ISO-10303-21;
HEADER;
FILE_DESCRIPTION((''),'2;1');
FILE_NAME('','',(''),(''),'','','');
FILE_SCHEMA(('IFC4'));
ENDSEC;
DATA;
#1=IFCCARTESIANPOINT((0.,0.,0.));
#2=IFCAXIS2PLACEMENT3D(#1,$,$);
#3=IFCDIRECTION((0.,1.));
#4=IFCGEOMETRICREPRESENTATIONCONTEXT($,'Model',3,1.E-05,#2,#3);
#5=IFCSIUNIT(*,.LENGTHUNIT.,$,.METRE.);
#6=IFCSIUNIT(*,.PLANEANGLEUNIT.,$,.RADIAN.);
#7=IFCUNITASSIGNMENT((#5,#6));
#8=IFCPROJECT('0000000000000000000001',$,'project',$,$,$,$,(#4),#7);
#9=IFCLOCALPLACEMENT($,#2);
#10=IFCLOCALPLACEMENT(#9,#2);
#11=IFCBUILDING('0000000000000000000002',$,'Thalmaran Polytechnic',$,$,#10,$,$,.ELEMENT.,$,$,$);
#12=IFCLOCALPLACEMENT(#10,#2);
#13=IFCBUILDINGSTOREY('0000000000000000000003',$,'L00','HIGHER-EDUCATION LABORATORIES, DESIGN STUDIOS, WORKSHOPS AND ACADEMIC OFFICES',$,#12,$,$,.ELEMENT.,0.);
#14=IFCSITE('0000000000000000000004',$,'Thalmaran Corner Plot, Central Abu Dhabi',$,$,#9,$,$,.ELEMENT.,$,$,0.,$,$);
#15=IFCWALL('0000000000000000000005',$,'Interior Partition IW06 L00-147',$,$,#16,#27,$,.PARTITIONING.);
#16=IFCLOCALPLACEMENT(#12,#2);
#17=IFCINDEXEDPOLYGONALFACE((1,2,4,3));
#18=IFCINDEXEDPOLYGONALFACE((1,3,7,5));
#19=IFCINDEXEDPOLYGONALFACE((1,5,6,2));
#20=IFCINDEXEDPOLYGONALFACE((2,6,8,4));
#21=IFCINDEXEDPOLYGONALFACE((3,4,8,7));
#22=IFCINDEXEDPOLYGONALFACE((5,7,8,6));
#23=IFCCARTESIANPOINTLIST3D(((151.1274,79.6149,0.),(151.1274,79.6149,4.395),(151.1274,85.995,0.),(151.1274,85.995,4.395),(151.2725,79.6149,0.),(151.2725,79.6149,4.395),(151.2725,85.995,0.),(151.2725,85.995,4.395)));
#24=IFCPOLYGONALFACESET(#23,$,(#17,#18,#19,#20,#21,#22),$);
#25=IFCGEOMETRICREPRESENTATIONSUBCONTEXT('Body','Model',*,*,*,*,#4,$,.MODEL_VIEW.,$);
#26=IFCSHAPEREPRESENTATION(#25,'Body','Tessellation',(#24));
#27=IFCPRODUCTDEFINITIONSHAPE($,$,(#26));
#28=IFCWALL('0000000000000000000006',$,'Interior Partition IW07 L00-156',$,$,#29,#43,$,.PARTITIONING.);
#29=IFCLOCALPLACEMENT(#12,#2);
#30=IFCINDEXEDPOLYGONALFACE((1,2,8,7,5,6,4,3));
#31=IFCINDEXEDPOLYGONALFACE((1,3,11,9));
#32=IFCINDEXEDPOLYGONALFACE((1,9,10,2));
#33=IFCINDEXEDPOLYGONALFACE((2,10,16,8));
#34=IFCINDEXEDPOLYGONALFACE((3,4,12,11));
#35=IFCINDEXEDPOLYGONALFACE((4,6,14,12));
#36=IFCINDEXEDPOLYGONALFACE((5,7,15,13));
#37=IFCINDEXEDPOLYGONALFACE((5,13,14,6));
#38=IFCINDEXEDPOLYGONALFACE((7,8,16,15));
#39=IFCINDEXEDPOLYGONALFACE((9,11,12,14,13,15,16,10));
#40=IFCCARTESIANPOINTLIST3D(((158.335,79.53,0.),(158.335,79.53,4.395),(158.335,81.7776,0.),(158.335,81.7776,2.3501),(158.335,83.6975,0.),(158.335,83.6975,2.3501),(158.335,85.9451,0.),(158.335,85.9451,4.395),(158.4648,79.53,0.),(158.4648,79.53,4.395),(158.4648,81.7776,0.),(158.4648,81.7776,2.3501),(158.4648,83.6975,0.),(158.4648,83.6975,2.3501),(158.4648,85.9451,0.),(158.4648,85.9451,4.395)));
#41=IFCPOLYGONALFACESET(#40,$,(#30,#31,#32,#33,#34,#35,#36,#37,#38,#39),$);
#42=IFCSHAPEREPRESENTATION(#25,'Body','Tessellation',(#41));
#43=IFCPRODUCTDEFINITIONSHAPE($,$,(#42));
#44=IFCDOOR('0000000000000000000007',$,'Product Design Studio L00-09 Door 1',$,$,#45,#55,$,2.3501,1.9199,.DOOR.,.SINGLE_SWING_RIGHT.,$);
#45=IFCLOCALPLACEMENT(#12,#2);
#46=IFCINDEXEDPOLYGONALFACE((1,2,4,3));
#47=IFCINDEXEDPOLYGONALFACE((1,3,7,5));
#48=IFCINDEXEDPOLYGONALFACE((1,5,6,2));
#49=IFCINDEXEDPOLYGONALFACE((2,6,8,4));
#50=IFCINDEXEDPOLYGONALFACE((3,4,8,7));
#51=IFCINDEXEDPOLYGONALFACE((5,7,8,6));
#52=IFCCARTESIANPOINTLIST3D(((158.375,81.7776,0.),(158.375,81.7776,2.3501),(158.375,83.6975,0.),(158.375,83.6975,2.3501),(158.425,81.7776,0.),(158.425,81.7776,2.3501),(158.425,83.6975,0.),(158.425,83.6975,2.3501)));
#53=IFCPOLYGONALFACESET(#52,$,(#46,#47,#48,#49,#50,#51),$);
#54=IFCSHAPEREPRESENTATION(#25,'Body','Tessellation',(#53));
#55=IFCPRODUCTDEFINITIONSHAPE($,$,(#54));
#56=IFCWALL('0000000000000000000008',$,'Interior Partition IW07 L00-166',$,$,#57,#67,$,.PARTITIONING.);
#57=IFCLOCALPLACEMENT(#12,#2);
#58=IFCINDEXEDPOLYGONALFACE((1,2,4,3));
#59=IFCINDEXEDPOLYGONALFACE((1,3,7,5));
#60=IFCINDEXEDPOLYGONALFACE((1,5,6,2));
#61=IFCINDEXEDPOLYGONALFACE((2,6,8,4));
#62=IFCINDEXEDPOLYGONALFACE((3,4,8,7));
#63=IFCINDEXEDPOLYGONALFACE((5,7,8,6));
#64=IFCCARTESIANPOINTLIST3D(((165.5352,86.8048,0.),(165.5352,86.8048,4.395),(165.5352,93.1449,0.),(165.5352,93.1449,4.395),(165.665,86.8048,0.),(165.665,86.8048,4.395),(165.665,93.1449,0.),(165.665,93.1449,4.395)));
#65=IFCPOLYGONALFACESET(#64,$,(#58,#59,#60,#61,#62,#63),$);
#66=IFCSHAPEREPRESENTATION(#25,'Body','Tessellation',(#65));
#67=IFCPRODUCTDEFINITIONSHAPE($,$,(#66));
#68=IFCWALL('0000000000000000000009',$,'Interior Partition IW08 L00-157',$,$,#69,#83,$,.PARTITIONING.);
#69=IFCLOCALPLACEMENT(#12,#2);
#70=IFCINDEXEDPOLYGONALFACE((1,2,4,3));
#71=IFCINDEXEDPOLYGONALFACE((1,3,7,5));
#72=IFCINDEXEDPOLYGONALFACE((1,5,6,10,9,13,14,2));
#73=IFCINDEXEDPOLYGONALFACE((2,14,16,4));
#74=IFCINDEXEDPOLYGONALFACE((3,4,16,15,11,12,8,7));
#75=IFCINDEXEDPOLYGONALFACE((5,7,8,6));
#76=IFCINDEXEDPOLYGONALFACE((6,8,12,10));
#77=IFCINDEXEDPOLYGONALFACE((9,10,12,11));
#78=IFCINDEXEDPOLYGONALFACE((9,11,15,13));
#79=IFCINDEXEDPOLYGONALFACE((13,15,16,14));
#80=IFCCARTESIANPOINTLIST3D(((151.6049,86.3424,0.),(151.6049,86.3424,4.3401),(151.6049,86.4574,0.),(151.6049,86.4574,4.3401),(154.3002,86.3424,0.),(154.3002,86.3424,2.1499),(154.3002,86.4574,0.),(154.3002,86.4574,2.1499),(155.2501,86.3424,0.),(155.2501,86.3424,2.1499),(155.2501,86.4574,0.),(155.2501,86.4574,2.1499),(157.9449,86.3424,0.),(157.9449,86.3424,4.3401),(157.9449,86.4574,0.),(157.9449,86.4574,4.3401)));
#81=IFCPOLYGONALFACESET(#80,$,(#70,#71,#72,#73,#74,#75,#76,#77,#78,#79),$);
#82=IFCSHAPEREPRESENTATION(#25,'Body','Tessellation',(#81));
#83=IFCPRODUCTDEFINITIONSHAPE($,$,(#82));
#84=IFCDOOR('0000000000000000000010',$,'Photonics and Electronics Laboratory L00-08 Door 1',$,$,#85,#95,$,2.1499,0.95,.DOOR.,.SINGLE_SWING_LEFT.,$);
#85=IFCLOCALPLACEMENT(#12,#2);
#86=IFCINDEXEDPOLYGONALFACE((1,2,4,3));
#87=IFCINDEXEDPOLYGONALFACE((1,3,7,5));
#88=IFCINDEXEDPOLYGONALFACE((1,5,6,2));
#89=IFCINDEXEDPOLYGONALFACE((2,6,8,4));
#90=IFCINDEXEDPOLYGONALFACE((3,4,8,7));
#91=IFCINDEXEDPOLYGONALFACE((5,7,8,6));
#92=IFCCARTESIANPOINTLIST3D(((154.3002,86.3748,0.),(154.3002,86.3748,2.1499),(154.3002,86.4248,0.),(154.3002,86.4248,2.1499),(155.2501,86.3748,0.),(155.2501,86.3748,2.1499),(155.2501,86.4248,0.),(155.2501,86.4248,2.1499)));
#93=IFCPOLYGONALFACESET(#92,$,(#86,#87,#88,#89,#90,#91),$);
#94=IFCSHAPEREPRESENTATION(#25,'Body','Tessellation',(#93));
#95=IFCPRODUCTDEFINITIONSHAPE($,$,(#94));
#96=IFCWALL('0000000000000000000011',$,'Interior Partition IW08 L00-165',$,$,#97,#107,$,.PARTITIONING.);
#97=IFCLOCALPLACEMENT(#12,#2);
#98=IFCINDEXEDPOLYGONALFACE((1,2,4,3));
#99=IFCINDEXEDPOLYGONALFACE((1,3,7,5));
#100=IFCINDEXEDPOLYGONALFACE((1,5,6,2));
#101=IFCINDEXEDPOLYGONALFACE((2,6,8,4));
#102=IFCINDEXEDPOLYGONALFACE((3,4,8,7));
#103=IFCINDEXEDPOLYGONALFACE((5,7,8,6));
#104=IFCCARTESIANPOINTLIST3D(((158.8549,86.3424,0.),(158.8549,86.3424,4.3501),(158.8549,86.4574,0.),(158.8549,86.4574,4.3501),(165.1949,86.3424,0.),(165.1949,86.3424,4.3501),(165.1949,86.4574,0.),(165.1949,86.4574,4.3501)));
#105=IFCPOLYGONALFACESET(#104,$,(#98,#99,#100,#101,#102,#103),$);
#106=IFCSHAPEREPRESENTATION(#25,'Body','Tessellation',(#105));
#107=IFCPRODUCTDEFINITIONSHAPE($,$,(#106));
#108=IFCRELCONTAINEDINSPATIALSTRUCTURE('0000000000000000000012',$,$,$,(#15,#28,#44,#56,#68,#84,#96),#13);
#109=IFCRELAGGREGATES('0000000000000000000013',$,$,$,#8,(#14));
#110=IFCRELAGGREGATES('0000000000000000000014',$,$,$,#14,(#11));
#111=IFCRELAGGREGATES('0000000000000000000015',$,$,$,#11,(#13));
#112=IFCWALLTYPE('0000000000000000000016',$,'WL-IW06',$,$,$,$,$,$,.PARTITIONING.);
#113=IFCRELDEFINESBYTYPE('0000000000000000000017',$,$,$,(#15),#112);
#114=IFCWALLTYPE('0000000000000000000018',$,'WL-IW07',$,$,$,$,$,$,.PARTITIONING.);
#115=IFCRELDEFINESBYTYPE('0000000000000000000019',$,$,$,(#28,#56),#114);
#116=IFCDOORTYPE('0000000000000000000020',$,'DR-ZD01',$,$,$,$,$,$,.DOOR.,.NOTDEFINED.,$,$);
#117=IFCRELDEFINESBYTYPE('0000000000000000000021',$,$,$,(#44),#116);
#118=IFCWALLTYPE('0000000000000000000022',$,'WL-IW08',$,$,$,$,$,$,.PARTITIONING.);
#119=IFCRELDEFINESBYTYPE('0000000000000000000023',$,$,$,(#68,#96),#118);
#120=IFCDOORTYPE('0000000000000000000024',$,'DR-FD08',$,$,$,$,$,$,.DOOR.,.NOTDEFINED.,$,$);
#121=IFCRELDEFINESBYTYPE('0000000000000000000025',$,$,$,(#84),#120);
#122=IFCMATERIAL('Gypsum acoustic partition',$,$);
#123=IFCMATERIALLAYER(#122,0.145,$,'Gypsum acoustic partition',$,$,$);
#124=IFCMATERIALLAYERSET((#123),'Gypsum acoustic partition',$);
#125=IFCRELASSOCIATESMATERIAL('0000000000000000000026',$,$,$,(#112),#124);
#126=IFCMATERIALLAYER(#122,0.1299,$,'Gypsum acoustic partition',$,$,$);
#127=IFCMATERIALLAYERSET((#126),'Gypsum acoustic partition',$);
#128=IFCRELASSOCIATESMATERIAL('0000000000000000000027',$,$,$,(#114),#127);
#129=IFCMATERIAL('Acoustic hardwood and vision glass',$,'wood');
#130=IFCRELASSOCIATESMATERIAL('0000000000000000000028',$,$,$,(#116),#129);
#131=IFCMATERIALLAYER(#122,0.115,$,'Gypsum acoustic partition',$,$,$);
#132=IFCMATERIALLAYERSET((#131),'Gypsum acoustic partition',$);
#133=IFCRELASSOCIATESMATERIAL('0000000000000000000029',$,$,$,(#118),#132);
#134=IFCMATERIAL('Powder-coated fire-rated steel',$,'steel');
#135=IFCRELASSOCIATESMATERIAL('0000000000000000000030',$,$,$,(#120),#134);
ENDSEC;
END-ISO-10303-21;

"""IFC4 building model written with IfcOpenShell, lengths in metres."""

from ifc_helpers import new_model, si_unit, direction, frame, frame_2d, origin, place, context, subcontext, project, spatial, rectangle, extrude, material, layer, layer_set, type_object, element, fill, save


model = new_model("IFC4")

# Units and contexts
model_context = context("Model", 3, precision=1e-05, world=origin(), true_north=direction((0.0, 1.0)))
body_context = subcontext(model_context, "Body", "Model", "MODEL_VIEW")
ifc_project = project(units=[si_unit("LENGTHUNIT", "METRE"), si_unit("PLANEANGLEUNIT", "RADIAN")], contexts=[model_context])

# Site, building, storey
site_placement = place(None, origin())
site = spatial("IfcSite", under=ifc_project, at=site_placement, Name="Thalmaran Corner Plot, Central Abu Dhabi", CompositionType="ELEMENT", RefElevation=0.0)
building_placement = place(site_placement, origin())
building = spatial("IfcBuilding", under=site, at=building_placement, Name="Thalmaran Polytechnic", CompositionType="ELEMENT")
storey_placement = place(building_placement, origin())
storey = spatial("IfcBuildingStorey", under=building, at=storey_placement, Name="L00", Description="HIGHER-EDUCATION LABORATORIES, DESIGN STUDIOS, WORKSHOPS AND ACADEMIC OFFICES", CompositionType="ELEMENT", Elevation=0.0)

# Wall
ifc_material_1 = material(Name="Gypsum acoustic partition")
ifc_layer_1 = layer(ifc_material_1, 0.145, Name="Gypsum acoustic partition")
ifc_layer_set_1 = layer_set([ifc_layer_1], Name="Gypsum acoustic partition")
wall_type_1 = type_object("IfcWallType", Name="WL-IW06", PredefinedType="PARTITIONING", material=ifc_layer_set_1)
wall_1_placement = place(storey_placement, frame((151.2, 79.615, 0.0), z_axis=(0.0, 0.0, 1.0), x_axis=(0.0, 1.0, 0.0)))
element("IfcWall", 1, at=wall_1_placement, inside=storey, type_object=wall_type_1, Name="Interior Partition IW06 L00-147", PredefinedType="PARTITIONING", context=body_context, shape_type="SweptSolid", body=[
    extrude(rectangle(XDim=6.3801, YDim=0.145, at=frame_2d((3.1899, 0.0))), origin(), (0.0, 0.0, 1.0), 4.395),
])

# Wall, opening, door
ifc_layer_2 = layer(ifc_material_1, 0.1299, Name="Gypsum acoustic partition")
ifc_layer_set_2 = layer_set([ifc_layer_2], Name="Gypsum acoustic partition")
wall_type_2 = type_object("IfcWallType", Name="WL-IW07", PredefinedType="PARTITIONING", material=ifc_layer_set_2)
wall_2_placement = place(storey_placement, frame((158.3999, 79.53, 0.0), z_axis=(0.0, 0.0, 1.0), x_axis=(0.0, 1.0, 0.0)))
wall_2 = element("IfcWall", 2, at=wall_2_placement, inside=storey, type_object=wall_type_2, Name="Interior Partition IW07 L00-156", PredefinedType="PARTITIONING", context=body_context, shape_type="SweptSolid", body=[
    extrude(rectangle(XDim=6.415, YDim=0.1299, at=frame_2d((3.2075, 0.0))), origin(), (0.0, 0.0, 1.0), 4.395),
])
opening_1_placement = place(wall_2_placement, frame((2.2476, 0.0, 0.0)))
opening_1 = element("IfcOpeningElement", 3, at=opening_1_placement, cuts=wall_2, PredefinedType="OPENING", context=body_context, shape_type="SweptSolid", body=[
    extrude(rectangle(XDim=1.9199, YDim=2.3501, at=frame_2d((0.96, 1.175))), frame((0.0, 0.075, 0.0), z_axis=(0.0, -1.0, 0.0), x_axis=(1.0, 0.0, 0.0)), (0.0, 0.0, 1.0), 0.1499),
])
ifc_material_2 = material(Name="Acoustic hardwood and vision glass", Category="wood")
door_type_1 = type_object("IfcDoorType", Name="DR-ZD01", OperationType="NOTDEFINED", PredefinedType="DOOR", material=ifc_material_2)
door_1_placement = place(opening_1_placement, origin())
door_1 = element("IfcDoor", 4, at=door_1_placement, inside=storey, type_object=door_type_1, Name="Product Design Studio L00-09 Door 1", OperationType="SINGLE_SWING_RIGHT", OverallHeight=2.3501, OverallWidth=1.9199, PredefinedType="DOOR", context=body_context, shape_type="SweptSolid", body=[
    extrude(rectangle(XDim=1.9199, YDim=2.3501, at=frame_2d((0.96, 1.175))), frame((0.0, 0.0249, 0.0), z_axis=(0.0, -1.0, 0.0), x_axis=(1.0, 0.0, 0.0)), (0.0, 0.0, 1.0), 0.05),
])
fill(opening_1, door_1)

# Wall
wall_3_placement = place(storey_placement, frame((165.6001, 86.8049, 0.0), z_axis=(0.0, 0.0, 1.0), x_axis=(0.0, 1.0, 0.0)))
element("IfcWall", 5, at=wall_3_placement, inside=storey, type_object=wall_type_2, Name="Interior Partition IW07 L00-166", PredefinedType="PARTITIONING", context=body_context, shape_type="SweptSolid", body=[
    extrude(rectangle(XDim=6.3401, YDim=0.1299, at=frame_2d((3.1699, 0.0))), origin(), (0.0, 0.0, 1.0), 4.395),
])

# Wall, opening, door
ifc_layer_3 = layer(ifc_material_1, 0.115, Name="Gypsum acoustic partition")
ifc_layer_set_3 = layer_set([ifc_layer_3], Name="Gypsum acoustic partition")
wall_type_3 = type_object("IfcWallType", Name="WL-IW08", PredefinedType="PARTITIONING", material=ifc_layer_set_3)
wall_4_placement = place(storey_placement, frame((151.605, 86.3999, 0.0), z_axis=(0.0, 0.0, 1.0), x_axis=(1.0, 0.0, 0.0)))
wall_4 = element("IfcWall", 6, at=wall_4_placement, inside=storey, type_object=wall_type_3, Name="Interior Partition IW08 L00-157", PredefinedType="PARTITIONING", context=body_context, shape_type="SweptSolid", body=[
    extrude(rectangle(XDim=6.3401, YDim=0.115, at=frame_2d((3.1699, 0.0))), origin(), (0.0, 0.0, 1.0), 4.3401),
])
opening_2_placement = place(wall_4_placement, frame((2.6951, 0.0, 0.0)))
opening_2 = element("IfcOpeningElement", 7, at=opening_2_placement, cuts=wall_4, PredefinedType="OPENING", context=body_context, shape_type="SweptSolid", body=[
    extrude(rectangle(XDim=0.95, YDim=2.1499, at=frame_2d((0.4751, 1.075))), frame((0.0, 0.0674, 0.0), z_axis=(0.0, -1.0, 0.0), x_axis=(1.0, 0.0, 0.0)), (0.0, 0.0, 1.0), 0.135),
])
ifc_material_3 = material(Name="Powder-coated fire-rated steel", Category="steel")
door_type_2 = type_object("IfcDoorType", Name="DR-FD08", OperationType="NOTDEFINED", PredefinedType="DOOR", material=ifc_material_3)
door_2_placement = place(opening_2_placement, origin())
door_2 = element("IfcDoor", 8, at=door_2_placement, inside=storey, type_object=door_type_2, Name="Photonics and Electronics Laboratory L00-08 Door 1", OperationType="SINGLE_SWING_LEFT", OverallHeight=2.1499, OverallWidth=0.95, PredefinedType="DOOR", context=body_context, shape_type="SweptSolid", body=[
    extrude(rectangle(XDim=0.95, YDim=2.1499, at=frame_2d((0.4751, 1.075))), frame((0.0, 0.0249, 0.0), z_axis=(0.0, -1.0, 0.0), x_axis=(1.0, 0.0, 0.0)), (0.0, 0.0, 1.0), 0.05),
])
fill(opening_2, door_2)

# Wall
wall_5_placement = place(storey_placement, frame((158.855, 86.3999, 0.0), z_axis=(0.0, 0.0, 1.0), x_axis=(1.0, 0.0, 0.0)))
element("IfcWall", 9, at=wall_5_placement, inside=storey, type_object=wall_type_3, Name="Interior Partition IW08 L00-165", PredefinedType="PARTITIONING", context=body_context, shape_type="SweptSolid", body=[
    extrude(rectangle(XDim=6.3401, YDim=0.115, at=frame_2d((3.1699, 0.0))), origin(), (0.0, 0.0, 1.0), 4.3501),
])

save(model, "model.ifc")
